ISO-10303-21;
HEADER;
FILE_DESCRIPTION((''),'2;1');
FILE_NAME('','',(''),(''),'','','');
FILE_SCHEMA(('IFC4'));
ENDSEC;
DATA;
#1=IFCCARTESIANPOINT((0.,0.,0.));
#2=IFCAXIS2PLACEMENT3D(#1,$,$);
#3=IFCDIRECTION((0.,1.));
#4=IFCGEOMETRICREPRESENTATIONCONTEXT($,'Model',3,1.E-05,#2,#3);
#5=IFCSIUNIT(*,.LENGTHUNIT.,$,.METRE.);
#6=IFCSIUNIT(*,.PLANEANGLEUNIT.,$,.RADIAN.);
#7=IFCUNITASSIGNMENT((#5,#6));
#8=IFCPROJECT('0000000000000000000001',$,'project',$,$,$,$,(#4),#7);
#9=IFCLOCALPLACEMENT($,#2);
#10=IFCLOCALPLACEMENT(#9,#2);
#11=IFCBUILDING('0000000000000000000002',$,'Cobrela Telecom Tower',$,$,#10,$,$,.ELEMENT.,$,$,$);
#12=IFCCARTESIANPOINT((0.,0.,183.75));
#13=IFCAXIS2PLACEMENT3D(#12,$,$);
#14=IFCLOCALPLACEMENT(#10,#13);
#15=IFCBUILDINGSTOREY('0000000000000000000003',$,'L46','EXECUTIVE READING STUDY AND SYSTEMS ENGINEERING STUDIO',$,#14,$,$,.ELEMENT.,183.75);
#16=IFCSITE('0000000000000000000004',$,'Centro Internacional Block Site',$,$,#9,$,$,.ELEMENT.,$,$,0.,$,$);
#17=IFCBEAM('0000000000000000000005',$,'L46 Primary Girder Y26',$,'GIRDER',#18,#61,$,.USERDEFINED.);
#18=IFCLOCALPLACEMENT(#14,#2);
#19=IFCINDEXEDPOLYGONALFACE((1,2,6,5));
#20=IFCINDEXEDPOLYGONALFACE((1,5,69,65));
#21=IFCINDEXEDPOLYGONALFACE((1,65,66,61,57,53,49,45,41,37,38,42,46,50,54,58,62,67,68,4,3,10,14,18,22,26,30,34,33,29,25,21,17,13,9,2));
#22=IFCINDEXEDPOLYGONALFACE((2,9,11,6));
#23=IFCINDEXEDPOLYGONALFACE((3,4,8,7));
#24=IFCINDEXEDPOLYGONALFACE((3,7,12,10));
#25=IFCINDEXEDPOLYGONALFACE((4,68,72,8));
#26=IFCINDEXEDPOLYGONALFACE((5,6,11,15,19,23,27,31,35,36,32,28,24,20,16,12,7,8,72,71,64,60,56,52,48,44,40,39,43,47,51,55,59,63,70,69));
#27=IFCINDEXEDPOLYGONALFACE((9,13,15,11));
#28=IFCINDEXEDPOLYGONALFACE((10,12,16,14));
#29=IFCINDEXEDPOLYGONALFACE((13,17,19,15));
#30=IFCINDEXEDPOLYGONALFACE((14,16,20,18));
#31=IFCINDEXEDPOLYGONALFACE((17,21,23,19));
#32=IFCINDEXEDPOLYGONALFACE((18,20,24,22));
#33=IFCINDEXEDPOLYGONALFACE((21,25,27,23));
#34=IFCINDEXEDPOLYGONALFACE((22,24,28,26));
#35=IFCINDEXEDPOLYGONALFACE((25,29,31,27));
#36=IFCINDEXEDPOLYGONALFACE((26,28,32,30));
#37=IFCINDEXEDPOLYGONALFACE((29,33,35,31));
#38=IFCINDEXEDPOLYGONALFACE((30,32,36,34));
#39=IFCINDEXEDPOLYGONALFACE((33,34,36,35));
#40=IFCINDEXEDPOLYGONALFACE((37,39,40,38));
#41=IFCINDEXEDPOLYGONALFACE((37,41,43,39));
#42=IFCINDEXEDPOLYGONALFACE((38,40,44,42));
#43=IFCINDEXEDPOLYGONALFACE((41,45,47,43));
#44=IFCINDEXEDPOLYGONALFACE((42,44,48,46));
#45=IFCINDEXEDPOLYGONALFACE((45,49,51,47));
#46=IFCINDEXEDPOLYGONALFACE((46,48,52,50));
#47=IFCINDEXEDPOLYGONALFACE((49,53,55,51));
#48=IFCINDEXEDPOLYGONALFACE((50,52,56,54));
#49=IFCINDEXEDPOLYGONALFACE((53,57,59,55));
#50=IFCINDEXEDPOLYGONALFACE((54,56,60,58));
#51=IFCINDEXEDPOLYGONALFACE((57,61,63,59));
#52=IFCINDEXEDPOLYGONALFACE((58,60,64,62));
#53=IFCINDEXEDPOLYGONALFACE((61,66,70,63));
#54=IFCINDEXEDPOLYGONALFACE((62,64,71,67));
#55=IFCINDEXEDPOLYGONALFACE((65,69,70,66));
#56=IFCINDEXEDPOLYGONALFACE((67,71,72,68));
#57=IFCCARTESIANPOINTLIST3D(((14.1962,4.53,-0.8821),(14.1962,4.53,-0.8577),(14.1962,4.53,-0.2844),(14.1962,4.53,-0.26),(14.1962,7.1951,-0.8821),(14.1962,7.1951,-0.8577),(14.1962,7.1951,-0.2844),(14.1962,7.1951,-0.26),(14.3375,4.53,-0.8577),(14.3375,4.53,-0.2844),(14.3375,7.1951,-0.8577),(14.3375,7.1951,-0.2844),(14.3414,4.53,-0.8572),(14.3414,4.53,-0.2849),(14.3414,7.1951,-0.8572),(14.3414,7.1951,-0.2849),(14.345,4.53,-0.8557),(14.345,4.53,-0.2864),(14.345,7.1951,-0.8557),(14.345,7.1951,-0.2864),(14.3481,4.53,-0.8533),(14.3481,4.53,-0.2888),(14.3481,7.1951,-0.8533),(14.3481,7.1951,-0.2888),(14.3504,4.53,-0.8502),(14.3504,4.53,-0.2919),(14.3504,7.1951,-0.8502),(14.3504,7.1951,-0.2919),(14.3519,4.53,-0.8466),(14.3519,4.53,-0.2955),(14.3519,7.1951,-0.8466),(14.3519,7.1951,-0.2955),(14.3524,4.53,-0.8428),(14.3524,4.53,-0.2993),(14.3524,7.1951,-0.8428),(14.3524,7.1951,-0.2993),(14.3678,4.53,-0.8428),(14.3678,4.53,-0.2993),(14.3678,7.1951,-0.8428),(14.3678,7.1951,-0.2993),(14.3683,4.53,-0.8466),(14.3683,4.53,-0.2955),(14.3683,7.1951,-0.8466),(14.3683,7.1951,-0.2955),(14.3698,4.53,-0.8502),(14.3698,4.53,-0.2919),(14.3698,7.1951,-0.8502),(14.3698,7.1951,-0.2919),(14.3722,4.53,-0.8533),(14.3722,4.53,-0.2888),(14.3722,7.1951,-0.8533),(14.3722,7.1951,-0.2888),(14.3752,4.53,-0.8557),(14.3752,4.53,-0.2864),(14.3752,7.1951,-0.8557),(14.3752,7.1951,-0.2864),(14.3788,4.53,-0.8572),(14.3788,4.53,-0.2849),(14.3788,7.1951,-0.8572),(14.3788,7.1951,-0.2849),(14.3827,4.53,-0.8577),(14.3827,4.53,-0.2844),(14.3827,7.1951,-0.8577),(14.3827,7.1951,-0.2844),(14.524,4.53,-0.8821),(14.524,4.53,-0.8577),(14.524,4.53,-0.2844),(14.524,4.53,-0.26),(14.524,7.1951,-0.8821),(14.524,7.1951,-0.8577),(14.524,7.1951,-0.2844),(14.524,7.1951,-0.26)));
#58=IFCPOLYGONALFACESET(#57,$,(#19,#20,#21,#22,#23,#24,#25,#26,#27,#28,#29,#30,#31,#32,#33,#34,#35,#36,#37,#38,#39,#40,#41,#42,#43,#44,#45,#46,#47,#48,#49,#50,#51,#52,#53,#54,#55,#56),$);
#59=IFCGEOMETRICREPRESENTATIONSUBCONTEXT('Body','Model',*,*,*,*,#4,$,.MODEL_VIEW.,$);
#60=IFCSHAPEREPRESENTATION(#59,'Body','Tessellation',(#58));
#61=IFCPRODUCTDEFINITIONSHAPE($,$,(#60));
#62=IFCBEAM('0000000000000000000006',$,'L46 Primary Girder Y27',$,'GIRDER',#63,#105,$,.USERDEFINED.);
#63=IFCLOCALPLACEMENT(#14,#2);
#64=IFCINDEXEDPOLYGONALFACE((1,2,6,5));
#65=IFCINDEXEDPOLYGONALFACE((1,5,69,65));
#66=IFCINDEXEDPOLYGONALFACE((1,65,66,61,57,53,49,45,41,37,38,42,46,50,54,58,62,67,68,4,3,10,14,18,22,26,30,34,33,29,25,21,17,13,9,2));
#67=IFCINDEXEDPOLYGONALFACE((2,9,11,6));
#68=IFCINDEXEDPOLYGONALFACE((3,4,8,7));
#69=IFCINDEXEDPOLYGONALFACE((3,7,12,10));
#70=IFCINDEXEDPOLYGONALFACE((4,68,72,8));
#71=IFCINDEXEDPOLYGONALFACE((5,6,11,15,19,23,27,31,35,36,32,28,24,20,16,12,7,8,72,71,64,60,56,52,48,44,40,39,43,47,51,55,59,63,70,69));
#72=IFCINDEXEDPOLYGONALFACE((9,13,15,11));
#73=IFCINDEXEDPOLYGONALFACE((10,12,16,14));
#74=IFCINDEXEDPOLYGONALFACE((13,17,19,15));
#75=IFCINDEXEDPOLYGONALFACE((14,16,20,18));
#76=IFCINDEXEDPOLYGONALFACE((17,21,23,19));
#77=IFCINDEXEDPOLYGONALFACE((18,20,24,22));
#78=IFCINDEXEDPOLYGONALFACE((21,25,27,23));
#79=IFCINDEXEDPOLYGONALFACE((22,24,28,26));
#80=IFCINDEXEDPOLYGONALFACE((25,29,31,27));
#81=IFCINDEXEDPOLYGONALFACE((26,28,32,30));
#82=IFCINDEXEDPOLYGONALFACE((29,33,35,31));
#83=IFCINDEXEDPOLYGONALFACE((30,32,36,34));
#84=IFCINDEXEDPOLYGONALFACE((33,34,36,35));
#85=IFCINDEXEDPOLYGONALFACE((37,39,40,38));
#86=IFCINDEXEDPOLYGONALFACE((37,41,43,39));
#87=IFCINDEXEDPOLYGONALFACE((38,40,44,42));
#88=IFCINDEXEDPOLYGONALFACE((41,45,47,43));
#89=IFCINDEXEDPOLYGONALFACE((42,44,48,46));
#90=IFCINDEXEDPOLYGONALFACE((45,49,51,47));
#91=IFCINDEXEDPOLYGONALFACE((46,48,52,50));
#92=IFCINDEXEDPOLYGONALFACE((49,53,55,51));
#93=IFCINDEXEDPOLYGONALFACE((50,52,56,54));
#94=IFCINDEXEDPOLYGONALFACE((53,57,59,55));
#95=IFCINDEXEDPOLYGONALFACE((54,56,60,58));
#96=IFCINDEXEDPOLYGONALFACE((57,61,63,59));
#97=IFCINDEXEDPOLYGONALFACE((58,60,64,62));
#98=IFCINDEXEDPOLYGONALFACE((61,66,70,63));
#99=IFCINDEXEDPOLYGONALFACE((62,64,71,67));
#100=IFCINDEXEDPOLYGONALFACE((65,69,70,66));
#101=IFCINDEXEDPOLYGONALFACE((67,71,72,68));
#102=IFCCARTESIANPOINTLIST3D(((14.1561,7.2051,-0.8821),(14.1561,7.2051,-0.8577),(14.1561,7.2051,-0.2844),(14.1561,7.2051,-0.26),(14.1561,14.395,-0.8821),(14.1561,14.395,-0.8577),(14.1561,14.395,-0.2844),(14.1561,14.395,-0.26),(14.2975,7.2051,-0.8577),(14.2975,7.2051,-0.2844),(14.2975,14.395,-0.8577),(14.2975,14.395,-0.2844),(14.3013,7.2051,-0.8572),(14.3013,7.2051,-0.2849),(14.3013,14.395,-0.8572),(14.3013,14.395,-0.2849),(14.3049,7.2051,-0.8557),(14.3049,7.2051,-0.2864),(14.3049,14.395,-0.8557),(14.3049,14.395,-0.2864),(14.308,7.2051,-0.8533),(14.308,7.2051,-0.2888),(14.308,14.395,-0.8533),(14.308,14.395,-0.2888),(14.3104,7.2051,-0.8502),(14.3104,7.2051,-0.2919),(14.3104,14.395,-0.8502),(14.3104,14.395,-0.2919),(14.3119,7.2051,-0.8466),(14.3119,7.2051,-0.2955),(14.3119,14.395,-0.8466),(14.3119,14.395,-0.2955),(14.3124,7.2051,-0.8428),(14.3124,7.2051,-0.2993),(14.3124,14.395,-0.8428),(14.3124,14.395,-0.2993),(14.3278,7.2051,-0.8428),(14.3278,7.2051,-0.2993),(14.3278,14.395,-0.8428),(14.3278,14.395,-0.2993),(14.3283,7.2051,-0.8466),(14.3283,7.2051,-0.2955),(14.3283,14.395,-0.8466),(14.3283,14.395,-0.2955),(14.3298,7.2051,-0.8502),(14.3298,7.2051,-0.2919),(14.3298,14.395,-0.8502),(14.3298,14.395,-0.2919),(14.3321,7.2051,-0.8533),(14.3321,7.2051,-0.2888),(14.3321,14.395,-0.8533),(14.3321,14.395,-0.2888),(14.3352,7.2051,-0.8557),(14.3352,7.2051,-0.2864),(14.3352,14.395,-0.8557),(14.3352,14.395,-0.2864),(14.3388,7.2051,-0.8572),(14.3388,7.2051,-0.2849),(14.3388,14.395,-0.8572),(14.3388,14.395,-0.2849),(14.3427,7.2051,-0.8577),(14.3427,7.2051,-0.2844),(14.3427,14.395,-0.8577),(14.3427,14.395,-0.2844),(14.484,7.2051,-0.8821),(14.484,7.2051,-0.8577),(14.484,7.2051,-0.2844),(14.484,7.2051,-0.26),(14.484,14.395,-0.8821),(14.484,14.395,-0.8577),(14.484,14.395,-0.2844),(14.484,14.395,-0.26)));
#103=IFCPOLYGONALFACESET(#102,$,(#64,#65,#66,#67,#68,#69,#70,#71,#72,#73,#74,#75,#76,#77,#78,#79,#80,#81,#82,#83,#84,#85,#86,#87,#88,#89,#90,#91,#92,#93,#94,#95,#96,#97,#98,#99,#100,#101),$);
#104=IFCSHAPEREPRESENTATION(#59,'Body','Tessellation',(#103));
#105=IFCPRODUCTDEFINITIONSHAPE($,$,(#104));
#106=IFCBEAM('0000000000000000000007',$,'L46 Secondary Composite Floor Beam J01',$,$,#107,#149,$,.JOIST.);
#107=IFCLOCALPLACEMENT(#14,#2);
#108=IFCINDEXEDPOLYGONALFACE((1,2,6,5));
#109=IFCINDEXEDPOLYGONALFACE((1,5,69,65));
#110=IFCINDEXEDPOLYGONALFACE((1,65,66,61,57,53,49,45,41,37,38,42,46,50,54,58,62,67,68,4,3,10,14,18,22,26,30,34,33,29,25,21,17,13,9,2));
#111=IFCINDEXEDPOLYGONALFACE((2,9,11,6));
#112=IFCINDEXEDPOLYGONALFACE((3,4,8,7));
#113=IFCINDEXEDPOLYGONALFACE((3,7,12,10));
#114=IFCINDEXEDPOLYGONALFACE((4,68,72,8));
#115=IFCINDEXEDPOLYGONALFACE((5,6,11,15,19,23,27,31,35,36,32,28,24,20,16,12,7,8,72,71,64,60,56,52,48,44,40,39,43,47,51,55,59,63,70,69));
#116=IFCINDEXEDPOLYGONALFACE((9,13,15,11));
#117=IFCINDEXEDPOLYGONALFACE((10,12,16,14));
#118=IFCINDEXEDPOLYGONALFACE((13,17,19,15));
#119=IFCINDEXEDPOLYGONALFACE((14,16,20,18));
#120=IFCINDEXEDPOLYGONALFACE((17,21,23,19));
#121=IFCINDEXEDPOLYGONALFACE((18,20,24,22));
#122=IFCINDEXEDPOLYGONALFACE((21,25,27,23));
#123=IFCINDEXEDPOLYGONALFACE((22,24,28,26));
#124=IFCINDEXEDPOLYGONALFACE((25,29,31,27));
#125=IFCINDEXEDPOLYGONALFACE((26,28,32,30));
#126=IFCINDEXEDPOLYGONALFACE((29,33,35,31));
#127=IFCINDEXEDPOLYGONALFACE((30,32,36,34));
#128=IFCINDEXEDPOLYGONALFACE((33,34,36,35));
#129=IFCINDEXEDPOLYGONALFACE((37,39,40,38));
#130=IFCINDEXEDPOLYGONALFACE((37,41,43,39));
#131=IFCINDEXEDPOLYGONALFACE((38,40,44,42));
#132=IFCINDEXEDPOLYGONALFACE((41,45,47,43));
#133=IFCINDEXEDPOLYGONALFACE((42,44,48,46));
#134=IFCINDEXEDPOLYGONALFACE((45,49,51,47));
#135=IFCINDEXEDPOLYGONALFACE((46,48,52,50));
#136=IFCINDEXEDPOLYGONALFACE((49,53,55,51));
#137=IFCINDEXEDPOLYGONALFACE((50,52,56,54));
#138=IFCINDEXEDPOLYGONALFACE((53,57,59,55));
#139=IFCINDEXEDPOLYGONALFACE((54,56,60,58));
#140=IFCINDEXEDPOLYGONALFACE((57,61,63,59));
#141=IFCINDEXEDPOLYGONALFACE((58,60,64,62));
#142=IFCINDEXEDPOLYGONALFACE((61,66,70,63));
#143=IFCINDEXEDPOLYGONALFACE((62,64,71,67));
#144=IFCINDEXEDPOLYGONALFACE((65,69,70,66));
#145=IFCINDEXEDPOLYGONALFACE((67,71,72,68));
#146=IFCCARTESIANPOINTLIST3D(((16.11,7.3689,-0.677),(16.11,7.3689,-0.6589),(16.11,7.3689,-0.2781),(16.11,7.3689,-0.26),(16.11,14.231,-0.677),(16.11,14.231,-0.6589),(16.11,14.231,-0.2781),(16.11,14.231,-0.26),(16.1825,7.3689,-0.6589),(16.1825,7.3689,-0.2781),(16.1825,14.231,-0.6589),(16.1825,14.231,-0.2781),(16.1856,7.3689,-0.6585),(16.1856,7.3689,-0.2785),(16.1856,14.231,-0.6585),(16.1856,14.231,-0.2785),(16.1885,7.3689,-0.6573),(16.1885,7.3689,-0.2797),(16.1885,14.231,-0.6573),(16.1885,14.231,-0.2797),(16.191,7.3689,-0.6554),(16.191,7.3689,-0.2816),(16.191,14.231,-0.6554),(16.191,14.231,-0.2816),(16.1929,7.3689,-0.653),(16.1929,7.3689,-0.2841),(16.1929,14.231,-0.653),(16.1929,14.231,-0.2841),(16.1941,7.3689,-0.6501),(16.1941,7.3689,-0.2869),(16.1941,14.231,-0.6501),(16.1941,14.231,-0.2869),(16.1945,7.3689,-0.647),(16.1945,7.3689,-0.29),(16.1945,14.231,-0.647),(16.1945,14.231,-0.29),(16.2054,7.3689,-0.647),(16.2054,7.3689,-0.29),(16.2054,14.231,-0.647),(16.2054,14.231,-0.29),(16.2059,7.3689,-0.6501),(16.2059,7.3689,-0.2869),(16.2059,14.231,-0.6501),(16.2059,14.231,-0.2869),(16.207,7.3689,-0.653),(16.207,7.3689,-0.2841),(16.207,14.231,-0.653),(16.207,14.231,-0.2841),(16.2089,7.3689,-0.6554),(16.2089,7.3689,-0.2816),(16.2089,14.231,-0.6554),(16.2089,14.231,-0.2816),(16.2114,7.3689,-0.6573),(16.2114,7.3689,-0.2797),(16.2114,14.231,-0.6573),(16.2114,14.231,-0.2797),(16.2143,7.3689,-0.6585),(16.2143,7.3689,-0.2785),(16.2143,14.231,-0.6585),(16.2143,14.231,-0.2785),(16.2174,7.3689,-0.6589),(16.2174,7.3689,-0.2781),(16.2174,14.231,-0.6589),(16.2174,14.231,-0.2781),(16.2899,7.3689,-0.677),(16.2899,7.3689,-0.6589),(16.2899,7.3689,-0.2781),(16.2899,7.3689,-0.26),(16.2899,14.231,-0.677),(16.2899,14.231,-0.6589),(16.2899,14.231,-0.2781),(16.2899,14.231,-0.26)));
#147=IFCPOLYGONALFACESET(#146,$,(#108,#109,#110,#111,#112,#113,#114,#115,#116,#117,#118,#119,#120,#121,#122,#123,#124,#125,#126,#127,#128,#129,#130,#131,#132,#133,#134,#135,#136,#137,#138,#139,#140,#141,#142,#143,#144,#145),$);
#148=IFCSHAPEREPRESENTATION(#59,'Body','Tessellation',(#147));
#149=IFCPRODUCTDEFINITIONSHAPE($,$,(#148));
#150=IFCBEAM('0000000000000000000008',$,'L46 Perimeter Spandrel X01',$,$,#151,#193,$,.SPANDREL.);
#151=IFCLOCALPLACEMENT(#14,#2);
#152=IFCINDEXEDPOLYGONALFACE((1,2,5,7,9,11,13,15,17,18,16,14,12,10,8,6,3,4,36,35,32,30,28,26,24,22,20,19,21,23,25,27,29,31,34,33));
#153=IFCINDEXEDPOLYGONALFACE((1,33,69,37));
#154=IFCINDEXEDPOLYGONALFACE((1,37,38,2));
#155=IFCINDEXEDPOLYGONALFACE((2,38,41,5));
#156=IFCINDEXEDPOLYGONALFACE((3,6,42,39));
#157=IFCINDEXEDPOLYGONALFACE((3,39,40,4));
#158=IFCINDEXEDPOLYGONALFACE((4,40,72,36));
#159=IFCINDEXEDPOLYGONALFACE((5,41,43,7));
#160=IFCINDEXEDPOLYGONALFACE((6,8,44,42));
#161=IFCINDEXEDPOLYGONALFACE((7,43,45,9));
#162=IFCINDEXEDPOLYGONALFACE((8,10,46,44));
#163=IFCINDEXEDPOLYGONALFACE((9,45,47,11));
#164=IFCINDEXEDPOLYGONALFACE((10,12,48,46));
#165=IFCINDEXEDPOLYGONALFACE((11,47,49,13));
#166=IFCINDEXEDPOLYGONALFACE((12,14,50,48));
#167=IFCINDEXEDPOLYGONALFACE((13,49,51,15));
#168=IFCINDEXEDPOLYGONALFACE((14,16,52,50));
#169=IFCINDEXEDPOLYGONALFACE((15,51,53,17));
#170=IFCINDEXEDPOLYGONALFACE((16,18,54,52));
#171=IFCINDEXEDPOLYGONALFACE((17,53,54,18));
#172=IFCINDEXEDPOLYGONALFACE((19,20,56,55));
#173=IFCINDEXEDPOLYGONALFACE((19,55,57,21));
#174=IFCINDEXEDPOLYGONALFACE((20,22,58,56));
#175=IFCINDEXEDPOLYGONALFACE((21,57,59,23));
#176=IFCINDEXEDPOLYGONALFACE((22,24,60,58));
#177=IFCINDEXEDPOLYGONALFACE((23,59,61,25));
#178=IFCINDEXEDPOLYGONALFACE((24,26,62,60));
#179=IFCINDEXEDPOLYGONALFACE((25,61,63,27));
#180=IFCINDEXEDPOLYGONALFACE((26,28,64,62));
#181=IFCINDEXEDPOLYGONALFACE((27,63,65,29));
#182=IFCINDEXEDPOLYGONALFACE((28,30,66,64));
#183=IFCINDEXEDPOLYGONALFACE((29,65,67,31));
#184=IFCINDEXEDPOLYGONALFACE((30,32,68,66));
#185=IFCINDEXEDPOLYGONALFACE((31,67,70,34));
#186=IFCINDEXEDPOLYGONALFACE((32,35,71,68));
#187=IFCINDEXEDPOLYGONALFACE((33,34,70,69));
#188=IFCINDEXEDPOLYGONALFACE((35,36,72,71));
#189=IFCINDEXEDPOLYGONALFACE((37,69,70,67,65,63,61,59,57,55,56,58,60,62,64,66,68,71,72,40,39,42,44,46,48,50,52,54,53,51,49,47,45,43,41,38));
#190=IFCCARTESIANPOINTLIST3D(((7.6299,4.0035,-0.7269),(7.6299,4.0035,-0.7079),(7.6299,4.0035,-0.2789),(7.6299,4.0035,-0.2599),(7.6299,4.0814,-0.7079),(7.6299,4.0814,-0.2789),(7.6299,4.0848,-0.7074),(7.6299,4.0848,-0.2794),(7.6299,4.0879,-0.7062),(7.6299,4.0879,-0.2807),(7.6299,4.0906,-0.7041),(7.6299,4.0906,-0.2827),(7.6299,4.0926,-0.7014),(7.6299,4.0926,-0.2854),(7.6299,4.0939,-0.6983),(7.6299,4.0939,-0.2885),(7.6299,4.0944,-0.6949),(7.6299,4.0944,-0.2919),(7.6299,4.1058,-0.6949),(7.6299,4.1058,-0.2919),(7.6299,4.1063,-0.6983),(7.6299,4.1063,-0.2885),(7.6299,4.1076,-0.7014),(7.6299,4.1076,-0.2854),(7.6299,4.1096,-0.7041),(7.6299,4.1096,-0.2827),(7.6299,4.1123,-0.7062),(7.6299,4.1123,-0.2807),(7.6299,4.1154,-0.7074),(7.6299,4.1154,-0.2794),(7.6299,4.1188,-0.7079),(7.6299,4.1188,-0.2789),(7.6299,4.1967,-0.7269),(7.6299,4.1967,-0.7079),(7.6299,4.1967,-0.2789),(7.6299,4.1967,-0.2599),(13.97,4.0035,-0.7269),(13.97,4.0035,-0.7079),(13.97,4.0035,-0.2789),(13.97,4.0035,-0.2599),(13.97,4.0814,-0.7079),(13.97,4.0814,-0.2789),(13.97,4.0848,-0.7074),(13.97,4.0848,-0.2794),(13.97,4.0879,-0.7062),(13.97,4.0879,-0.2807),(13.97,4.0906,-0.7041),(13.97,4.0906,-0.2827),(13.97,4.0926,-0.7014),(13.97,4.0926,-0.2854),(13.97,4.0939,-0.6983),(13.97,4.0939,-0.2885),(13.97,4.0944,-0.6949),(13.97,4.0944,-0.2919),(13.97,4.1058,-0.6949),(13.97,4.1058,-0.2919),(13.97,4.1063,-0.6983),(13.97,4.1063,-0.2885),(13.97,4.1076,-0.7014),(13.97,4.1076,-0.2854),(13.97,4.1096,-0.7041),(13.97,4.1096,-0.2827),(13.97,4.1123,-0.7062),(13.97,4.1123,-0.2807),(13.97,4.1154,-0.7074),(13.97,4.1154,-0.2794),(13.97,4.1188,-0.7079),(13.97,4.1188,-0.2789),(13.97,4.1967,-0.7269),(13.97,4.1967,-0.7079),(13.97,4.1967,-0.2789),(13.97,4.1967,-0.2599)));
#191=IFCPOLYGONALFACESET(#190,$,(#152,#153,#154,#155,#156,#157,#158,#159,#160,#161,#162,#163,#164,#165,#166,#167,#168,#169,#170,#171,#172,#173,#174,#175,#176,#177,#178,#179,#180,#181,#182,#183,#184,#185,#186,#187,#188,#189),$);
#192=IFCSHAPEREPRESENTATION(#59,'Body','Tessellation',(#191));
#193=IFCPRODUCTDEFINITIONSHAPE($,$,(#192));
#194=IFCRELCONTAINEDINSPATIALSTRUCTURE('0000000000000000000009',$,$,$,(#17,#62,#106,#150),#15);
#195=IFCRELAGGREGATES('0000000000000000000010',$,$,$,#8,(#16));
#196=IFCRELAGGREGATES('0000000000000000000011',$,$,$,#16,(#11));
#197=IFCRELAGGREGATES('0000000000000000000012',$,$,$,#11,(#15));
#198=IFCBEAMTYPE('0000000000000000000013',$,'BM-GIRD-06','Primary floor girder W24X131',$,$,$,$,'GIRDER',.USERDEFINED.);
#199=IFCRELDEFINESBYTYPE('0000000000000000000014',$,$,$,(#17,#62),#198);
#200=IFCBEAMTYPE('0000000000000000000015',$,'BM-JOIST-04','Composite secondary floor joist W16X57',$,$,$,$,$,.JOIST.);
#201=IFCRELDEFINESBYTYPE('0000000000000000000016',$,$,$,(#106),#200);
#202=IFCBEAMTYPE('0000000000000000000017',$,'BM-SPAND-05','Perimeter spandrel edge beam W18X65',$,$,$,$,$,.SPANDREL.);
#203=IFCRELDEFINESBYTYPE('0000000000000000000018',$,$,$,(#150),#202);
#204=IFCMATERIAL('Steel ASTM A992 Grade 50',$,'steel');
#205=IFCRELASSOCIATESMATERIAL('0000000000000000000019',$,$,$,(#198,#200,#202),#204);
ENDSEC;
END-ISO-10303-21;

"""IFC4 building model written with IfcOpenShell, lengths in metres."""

from ifc_helpers import new_model, si_unit, direction, frame, origin, origin_2d, place, context, subcontext, project, spatial, i_section, extrude, material, material_profile, profile_set, type_object, element, save


model = new_model("IFC4")

# Units and contexts
model_context = context("Model", 3, precision=1e-05, world=origin(), true_north=direction((0.0, 1.0)))
body_context = subcontext(model_context, "Body", "Model", "MODEL_VIEW")
ifc_project = project(units=[si_unit("LENGTHUNIT", "METRE"), si_unit("PLANEANGLEUNIT", "RADIAN")], contexts=[model_context])

# Site, building, storey
site_placement = place(None, origin())
site = spatial("IfcSite", under=ifc_project, at=site_placement, Name="Centro Internacional Block Site", CompositionType="ELEMENT", RefElevation=0.0)
building_placement = place(site_placement, origin())
building = spatial("IfcBuilding", under=site, at=building_placement, Name="Cobrela Telecom Tower", CompositionType="ELEMENT")
storey_placement = place(building_placement, frame((0.0, 0.0, 183.75)))
storey = spatial("IfcBuildingStorey", under=building, at=storey_placement, Name="L46", Description="EXECUTIVE READING STUDY AND SYSTEMS ENGINEERING STUDIO", CompositionType="ELEMENT", Elevation=183.75)

# Beams
ifc_material_1 = material(Name="Steel ASTM A992 Grade 50", Category="steel")
ifc_material_profile_1 = material_profile(ifc_material_1, i_section(OverallWidth=0.3279, OverallDepth=0.6221, WebThickness=0.0154, FlangeThickness=0.0244, FilletRadius=0.0149, at=origin_2d()), Name="W24X131")
ifc_profile_set_1 = profile_set([ifc_material_profile_1], Name="Steel ASTM A992 Grade 50")
beam_type_1 = type_object("IfcBeamType", Name="BM-GIRD-06", Description="Primary floor girder W24X131", ElementType="GIRDER", PredefinedType="USERDEFINED", material=ifc_profile_set_1)
beam_1_placement = place(storey_placement, frame((14.3601, 4.53, -0.571), z_axis=(0.0, 1.0, 0.0), x_axis=(-1.0, 0.0, 0.0)))
element("IfcBeam", 1, at=beam_1_placement, inside=storey, type_object=beam_type_1, Name="L46 Primary Girder Y26", ObjectType="GIRDER", PredefinedType="USERDEFINED", context=body_context, shape_type="SweptSolid", body=[
    extrude(i_section(OverallWidth=0.3279, OverallDepth=0.6221, WebThickness=0.0154, FlangeThickness=0.0244, FilletRadius=0.0149, at=origin_2d()), origin(), (0.0, 0.0, 1.0), 2.665),
])
beam_2_placement = place(storey_placement, frame((14.3201, 7.2051, -0.571), z_axis=(0.0, 1.0, 0.0), x_axis=(-1.0, 0.0, 0.0)))
element("IfcBeam", 2, at=beam_2_placement, inside=storey, type_object=beam_type_1, Name="L46 Primary Girder Y27", ObjectType="GIRDER", PredefinedType="USERDEFINED", context=body_context, shape_type="SweptSolid", body=[
    extrude(i_section(OverallWidth=0.3279, OverallDepth=0.6221, WebThickness=0.0154, FlangeThickness=0.0244, FilletRadius=0.0149, at=origin_2d()), origin(), (0.0, 0.0, 1.0), 7.1899),
])
ifc_material_profile_2 = material_profile(ifc_material_1, i_section(OverallWidth=0.1799, OverallDepth=0.417, WebThickness=0.011, FlangeThickness=0.0181, FilletRadius=0.012, at=origin_2d()), Name="W16X57")
ifc_profile_set_2 = profile_set([ifc_material_profile_2], Name="Steel ASTM A992 Grade 50")
beam_type_2 = type_object("IfcBeamType", Name="BM-JOIST-04", Description="Composite secondary floor joist W16X57", PredefinedType="JOIST", material=ifc_profile_set_2)
beam_3_placement = place(storey_placement, frame((16.2, 7.3689, -0.4685), z_axis=(0.0, 1.0, 0.0), x_axis=(-1.0, 0.0, 0.0)))
element("IfcBeam", 3, at=beam_3_placement, inside=storey, type_object=beam_type_2, Name="L46 Secondary Composite Floor Beam J01", PredefinedType="JOIST", context=body_context, shape_type="SweptSolid", body=[
    extrude(i_section(OverallWidth=0.1799, OverallDepth=0.417, WebThickness=0.011, FlangeThickness=0.0181, FilletRadius=0.012, at=origin_2d()), origin(), (0.0, 0.0, 1.0), 6.8621),
])
ifc_material_profile_3 = material_profile(ifc_material_1, i_section(OverallWidth=0.1931, OverallDepth=0.467, WebThickness=0.0115, FlangeThickness=0.019, FilletRadius=0.0129, at=origin_2d()), Name="W18X65")
ifc_profile_set_3 = profile_set([ifc_material_profile_3], Name="Steel ASTM A992 Grade 50")
beam_type_3 = type_object("IfcBeamType", Name="BM-SPAND-05", Description="Perimeter spandrel edge beam W18X65", PredefinedType="SPANDREL", material=ifc_profile_set_3)
beam_4_placement = place(storey_placement, frame((7.6299, 4.1001, -0.4934), z_axis=(1.0, 0.0, 0.0), x_axis=(0.0, 1.0, 0.0)))
element("IfcBeam", 4, at=beam_4_placement, inside=storey, type_object=beam_type_3, Name="L46 Perimeter Spandrel X01", PredefinedType="SPANDREL", context=body_context, shape_type="SweptSolid", body=[
    extrude(i_section(OverallWidth=0.1931, OverallDepth=0.467, WebThickness=0.0115, FlangeThickness=0.019, FilletRadius=0.0129, at=origin_2d()), origin(), (0.0, 0.0, 1.0), 6.3401),
])

save(model, "model.ifc")
